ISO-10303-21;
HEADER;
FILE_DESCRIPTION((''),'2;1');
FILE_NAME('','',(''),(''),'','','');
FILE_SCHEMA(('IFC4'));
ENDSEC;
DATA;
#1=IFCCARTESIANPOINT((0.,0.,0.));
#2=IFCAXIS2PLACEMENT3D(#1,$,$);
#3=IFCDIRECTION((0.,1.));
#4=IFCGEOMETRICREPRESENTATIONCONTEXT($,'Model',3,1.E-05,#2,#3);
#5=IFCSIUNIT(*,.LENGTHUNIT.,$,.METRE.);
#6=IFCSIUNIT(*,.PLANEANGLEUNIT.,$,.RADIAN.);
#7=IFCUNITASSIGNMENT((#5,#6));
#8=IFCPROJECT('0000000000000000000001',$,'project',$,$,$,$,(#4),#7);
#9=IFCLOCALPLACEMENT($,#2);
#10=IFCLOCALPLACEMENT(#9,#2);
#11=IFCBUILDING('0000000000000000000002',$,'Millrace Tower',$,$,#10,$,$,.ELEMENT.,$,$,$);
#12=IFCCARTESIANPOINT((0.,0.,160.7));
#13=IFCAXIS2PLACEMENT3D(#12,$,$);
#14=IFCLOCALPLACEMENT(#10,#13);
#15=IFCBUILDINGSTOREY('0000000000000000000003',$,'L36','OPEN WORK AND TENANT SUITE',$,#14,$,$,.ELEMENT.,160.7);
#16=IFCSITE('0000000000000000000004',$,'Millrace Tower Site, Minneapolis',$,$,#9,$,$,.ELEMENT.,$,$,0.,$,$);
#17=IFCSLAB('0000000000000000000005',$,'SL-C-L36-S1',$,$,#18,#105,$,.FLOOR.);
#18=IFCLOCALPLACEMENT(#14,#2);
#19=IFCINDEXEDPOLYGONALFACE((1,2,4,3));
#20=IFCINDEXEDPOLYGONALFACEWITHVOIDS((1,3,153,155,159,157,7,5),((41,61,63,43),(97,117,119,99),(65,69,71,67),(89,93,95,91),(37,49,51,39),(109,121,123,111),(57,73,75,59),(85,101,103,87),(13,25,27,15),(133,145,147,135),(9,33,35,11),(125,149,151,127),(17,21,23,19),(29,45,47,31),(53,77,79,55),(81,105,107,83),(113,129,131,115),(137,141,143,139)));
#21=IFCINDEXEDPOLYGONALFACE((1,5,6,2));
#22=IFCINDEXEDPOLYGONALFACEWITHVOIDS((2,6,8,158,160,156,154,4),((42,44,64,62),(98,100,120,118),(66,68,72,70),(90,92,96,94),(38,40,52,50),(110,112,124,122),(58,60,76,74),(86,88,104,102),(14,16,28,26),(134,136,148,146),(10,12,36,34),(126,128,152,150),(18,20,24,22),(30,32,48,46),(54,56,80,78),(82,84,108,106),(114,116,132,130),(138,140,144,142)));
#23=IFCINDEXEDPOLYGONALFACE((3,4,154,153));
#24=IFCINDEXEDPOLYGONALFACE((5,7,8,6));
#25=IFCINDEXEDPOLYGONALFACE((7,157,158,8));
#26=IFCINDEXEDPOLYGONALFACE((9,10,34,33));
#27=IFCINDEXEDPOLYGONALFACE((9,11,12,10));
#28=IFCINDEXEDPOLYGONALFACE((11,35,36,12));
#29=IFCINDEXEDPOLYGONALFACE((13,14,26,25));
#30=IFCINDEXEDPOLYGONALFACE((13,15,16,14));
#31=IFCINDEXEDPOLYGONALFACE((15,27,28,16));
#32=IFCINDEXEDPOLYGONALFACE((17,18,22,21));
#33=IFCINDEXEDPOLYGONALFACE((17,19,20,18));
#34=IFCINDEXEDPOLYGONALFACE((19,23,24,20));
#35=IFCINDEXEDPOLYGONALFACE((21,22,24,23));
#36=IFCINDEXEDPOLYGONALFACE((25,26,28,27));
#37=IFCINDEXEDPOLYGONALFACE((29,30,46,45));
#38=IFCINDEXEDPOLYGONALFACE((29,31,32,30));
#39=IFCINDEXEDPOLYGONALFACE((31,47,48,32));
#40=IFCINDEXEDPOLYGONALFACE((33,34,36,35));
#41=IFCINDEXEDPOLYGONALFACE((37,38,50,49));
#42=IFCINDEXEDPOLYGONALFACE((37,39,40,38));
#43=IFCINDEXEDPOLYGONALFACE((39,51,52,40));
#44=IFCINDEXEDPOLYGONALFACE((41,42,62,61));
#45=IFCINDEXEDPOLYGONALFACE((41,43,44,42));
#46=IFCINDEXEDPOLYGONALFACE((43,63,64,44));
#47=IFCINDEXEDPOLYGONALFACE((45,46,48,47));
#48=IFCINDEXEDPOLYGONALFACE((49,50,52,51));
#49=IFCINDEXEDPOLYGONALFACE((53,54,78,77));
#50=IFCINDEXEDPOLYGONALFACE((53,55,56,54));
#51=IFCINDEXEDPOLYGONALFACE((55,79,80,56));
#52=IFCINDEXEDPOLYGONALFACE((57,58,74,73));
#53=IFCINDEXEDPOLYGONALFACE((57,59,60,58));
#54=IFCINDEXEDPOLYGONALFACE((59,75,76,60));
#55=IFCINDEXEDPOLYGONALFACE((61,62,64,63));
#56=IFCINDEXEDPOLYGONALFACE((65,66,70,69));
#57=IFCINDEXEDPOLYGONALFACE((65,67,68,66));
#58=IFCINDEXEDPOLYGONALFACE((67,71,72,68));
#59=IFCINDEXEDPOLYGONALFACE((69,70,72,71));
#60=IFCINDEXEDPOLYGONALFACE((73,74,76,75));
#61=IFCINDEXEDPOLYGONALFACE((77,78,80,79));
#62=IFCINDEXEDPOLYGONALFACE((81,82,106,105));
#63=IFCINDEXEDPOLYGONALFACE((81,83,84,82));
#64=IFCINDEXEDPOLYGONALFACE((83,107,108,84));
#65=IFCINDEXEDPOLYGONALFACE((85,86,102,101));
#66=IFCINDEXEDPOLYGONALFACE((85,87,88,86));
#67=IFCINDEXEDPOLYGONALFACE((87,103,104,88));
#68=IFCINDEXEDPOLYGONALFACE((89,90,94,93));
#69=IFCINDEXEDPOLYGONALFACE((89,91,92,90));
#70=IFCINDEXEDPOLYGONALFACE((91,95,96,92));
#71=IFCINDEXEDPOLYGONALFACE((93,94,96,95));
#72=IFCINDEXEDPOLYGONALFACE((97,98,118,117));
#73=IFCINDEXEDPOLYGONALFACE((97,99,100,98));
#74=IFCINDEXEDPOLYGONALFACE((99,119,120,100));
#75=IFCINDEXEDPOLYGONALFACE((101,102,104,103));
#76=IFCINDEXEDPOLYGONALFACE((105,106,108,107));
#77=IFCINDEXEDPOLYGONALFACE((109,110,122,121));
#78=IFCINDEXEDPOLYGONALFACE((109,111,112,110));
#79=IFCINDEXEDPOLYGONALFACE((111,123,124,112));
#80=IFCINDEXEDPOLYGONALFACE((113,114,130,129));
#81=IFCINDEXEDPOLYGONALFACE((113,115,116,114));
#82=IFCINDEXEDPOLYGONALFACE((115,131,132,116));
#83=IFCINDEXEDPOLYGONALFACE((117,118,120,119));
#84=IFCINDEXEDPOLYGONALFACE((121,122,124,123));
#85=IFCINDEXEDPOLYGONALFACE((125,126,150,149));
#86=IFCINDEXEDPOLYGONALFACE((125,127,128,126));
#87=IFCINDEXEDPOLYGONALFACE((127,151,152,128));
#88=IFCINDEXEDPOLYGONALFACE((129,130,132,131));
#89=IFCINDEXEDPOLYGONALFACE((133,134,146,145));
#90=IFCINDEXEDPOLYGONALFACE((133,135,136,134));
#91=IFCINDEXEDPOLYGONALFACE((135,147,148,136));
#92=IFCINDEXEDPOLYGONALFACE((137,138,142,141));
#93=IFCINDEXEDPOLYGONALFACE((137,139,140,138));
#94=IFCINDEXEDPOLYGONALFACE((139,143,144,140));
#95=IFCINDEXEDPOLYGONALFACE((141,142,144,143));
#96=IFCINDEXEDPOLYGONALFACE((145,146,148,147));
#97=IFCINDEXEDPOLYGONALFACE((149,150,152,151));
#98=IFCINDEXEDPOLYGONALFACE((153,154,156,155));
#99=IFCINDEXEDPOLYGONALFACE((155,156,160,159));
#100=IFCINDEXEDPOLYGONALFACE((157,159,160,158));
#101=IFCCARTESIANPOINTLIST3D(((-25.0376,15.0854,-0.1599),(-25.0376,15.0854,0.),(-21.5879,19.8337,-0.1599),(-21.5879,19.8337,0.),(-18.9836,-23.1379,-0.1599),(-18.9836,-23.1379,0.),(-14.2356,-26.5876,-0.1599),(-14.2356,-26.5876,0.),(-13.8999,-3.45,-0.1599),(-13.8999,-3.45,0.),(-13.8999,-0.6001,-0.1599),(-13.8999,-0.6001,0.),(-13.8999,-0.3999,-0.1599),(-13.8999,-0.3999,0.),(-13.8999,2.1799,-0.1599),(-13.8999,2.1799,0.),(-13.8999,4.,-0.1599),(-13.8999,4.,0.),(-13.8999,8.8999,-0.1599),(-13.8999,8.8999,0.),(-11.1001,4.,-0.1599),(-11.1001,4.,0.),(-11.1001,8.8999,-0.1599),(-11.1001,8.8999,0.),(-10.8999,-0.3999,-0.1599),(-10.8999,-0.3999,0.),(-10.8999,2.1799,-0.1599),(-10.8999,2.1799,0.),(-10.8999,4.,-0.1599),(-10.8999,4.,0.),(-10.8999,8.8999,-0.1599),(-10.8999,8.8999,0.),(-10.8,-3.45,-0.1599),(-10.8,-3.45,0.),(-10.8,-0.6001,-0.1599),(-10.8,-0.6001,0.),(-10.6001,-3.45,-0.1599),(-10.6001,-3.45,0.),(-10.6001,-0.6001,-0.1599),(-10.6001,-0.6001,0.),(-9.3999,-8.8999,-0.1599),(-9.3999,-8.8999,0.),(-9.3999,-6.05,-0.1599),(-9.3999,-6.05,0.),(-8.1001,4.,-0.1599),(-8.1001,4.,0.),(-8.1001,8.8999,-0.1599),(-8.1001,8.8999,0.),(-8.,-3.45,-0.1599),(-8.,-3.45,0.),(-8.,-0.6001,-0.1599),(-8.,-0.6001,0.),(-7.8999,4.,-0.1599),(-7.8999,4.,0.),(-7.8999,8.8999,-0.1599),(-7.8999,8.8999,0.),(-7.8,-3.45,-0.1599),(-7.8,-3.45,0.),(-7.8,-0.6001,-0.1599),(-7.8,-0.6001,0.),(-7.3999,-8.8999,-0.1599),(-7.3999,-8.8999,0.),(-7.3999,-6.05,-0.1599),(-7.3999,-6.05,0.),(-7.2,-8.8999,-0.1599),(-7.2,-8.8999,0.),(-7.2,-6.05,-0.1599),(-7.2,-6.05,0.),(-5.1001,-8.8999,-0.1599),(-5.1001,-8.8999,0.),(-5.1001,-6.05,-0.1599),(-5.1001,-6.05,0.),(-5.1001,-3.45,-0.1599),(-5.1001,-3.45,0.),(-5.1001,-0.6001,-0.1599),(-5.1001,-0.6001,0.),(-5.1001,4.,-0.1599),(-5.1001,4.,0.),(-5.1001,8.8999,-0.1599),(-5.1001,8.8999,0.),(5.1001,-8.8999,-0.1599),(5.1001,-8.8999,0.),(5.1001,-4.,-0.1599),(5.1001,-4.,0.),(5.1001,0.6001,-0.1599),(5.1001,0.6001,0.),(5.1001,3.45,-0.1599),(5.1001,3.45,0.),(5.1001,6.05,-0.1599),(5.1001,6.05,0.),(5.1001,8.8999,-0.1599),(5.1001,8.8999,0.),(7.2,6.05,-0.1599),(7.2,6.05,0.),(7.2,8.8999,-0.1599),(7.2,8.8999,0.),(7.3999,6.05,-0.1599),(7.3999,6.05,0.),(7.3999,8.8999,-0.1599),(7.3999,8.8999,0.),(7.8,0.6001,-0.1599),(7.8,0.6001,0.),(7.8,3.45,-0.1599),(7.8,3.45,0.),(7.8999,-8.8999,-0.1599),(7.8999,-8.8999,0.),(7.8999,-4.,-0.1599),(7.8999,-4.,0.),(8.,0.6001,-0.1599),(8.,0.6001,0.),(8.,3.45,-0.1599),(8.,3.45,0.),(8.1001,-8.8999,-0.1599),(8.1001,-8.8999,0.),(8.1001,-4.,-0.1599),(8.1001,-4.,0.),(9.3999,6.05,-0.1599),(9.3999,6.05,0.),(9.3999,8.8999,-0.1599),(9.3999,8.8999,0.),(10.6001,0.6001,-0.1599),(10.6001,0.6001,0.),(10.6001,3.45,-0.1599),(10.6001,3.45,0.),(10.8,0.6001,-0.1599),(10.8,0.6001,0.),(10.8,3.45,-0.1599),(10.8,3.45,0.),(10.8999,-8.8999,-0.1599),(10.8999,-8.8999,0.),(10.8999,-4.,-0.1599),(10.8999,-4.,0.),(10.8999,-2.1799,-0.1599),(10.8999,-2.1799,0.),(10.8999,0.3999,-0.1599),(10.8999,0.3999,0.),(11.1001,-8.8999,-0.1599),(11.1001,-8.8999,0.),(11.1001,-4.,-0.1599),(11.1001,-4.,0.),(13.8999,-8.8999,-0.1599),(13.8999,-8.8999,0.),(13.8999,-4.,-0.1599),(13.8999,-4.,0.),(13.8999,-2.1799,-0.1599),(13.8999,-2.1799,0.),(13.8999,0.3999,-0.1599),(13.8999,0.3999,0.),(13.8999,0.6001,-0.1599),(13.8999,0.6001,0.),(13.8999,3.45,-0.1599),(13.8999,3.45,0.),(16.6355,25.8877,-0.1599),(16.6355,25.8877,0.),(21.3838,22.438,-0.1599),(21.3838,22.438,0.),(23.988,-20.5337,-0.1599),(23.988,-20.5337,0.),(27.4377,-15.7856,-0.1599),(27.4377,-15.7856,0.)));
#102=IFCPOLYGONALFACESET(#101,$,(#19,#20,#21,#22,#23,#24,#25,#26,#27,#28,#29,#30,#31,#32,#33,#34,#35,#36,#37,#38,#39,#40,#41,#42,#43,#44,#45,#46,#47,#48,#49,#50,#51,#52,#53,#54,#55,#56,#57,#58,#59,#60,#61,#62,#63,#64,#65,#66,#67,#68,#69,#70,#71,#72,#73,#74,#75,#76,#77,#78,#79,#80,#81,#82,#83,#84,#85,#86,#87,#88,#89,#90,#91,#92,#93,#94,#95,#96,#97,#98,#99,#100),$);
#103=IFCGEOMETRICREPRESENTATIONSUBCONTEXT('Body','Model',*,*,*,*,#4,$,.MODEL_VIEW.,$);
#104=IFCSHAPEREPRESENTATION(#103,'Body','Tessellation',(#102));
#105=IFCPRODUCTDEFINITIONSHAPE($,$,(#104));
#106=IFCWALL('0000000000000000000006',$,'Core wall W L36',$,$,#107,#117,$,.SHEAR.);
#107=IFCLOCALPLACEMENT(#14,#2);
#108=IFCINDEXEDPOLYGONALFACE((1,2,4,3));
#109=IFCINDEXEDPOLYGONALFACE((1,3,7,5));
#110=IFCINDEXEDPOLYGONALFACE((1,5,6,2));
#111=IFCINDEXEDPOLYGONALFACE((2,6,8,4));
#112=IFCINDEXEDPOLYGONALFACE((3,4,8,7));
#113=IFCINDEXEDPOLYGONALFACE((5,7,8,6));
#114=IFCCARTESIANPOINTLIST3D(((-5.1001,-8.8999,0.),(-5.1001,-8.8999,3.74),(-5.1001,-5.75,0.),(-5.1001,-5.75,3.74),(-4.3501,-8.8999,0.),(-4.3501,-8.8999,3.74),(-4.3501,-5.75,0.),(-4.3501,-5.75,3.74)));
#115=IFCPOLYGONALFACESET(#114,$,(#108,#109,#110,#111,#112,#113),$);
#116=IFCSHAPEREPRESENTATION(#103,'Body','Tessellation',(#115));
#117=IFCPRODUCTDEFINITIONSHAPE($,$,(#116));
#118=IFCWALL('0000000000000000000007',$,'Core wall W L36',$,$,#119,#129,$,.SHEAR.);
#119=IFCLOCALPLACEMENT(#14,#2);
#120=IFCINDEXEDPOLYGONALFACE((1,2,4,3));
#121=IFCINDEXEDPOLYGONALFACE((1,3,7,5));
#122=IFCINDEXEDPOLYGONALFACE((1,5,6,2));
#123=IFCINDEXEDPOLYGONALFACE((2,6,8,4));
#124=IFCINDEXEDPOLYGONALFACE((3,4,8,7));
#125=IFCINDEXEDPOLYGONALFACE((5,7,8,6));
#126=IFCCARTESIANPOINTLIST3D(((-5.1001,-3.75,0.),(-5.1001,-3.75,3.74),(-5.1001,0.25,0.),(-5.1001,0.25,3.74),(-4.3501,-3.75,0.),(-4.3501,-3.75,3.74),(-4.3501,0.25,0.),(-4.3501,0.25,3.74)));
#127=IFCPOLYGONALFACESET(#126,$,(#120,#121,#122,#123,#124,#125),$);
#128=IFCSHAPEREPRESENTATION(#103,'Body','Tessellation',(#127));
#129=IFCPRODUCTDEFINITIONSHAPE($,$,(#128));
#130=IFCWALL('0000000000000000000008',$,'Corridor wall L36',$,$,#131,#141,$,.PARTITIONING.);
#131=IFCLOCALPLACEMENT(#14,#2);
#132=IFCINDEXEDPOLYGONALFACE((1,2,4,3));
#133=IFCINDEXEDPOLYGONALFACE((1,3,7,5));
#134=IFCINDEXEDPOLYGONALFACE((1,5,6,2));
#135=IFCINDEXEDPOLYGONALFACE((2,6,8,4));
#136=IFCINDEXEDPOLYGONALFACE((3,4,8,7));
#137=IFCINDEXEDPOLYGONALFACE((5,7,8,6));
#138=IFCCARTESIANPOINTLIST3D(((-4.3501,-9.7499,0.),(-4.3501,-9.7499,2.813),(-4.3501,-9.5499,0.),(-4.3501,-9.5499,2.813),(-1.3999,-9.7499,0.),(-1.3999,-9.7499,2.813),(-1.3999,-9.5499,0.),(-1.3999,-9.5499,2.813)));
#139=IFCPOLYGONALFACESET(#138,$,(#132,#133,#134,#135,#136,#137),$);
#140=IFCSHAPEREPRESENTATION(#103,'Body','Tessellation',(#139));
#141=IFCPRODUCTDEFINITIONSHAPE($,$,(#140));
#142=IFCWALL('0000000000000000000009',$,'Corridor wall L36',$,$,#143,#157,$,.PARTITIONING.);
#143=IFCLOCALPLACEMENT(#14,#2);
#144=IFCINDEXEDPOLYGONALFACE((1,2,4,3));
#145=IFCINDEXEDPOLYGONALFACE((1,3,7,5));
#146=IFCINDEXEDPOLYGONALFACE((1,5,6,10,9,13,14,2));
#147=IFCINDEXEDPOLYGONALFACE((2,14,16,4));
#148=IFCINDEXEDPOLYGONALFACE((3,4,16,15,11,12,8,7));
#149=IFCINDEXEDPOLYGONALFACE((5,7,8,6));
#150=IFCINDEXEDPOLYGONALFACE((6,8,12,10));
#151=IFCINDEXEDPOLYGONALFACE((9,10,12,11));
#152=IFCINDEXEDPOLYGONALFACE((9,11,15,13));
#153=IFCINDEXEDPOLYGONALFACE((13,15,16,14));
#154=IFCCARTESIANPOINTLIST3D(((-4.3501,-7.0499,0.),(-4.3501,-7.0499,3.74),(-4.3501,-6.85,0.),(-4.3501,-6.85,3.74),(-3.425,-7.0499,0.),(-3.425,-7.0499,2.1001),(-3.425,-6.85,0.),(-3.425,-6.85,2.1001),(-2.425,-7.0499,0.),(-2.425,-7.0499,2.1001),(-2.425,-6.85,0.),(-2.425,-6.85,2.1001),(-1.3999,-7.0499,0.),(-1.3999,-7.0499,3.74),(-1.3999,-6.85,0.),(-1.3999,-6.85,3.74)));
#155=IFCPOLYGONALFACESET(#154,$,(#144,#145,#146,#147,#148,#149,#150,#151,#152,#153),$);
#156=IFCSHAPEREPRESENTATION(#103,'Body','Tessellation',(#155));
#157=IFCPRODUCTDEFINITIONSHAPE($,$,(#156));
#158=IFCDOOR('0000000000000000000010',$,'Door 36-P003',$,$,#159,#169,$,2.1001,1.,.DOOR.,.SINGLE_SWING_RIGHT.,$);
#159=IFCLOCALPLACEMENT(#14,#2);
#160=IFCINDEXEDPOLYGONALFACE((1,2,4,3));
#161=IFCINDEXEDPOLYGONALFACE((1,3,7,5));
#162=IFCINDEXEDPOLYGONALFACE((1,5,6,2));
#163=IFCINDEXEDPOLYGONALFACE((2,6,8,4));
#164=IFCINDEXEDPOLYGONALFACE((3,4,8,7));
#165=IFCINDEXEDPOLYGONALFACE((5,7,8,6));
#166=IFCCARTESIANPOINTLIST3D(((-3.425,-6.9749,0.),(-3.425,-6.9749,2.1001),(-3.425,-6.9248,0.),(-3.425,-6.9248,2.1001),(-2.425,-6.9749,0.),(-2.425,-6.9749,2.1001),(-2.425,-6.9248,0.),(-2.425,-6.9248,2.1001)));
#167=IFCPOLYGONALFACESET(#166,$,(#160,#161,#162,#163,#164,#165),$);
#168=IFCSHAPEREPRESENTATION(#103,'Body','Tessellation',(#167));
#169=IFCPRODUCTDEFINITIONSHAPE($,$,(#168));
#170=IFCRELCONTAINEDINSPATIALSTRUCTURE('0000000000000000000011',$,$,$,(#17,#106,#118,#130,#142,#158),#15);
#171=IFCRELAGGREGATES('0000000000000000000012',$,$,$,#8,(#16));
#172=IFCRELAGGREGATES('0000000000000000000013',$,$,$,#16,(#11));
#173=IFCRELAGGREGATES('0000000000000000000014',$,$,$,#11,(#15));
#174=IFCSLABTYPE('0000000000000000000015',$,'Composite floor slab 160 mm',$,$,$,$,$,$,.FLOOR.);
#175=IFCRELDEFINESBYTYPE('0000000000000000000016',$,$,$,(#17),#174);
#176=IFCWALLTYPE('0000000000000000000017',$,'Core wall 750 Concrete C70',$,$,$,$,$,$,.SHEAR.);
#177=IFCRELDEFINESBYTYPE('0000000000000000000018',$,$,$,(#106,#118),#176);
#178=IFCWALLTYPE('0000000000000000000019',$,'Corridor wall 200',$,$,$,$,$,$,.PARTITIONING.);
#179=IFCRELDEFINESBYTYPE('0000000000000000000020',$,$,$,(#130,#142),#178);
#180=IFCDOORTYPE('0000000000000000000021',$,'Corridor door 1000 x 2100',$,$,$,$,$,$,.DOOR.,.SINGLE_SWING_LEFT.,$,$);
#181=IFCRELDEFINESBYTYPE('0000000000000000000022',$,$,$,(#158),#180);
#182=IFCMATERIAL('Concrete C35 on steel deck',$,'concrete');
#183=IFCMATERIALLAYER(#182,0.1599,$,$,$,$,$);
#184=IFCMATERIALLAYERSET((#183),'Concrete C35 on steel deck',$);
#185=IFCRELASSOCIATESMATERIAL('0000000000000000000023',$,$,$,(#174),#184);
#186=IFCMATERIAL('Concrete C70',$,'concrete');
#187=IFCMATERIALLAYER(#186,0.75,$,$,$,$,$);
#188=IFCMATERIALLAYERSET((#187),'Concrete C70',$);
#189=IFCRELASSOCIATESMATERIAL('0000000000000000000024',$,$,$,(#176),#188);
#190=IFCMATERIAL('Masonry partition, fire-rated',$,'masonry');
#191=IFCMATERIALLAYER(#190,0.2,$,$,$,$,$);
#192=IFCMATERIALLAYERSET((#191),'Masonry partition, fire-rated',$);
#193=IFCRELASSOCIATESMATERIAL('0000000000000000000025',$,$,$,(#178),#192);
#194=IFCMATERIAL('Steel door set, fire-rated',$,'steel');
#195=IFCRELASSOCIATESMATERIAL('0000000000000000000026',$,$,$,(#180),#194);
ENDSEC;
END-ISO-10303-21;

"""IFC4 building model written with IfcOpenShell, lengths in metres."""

from ifc_helpers import new_model, si_unit, direction, frame, frame_2d, origin, place, context, subcontext, project, spatial, polyline, rectangle, outline, extrude, material, layer, layer_set, type_object, element, fill, save


model = new_model("IFC4")

# Units and contexts
model_context = context("Model", 3, precision=1e-05, world=origin(), true_north=direction((0.0, 1.0)))
body_context = subcontext(model_context, "Body", "Model", "MODEL_VIEW")
ifc_project = project(units=[si_unit("LENGTHUNIT", "METRE"), si_unit("PLANEANGLEUNIT", "RADIAN")], contexts=[model_context])

# Site, building, storey
site_placement = place(None, origin())
site = spatial("IfcSite", under=ifc_project, at=site_placement, Name="Millrace Tower Site, Minneapolis", CompositionType="ELEMENT", RefElevation=0.0)
building_placement = place(site_placement, origin())
building = spatial("IfcBuilding", under=site, at=building_placement, Name="Millrace Tower", CompositionType="ELEMENT")
storey_placement = place(building_placement, frame((0.0, 0.0, 160.7)))
storey = spatial("IfcBuildingStorey", under=building, at=storey_placement, Name="L36", Description="OPEN WORK AND TENANT SUITE", CompositionType="ELEMENT", Elevation=160.7)

# Slab
ifc_material_1 = material(Name="Concrete C35 on steel deck", Category="concrete")
ifc_layer_1 = layer(ifc_material_1, 0.1599)
ifc_layer_set_1 = layer_set([ifc_layer_1], Name="Concrete C35 on steel deck")
slab_type = type_object("IfcSlabType", Name="Composite floor slab 160 mm", PredefinedType="FLOOR", material=ifc_layer_set_1)
slab_placement = place(storey_placement, frame((0.0, 0.0, -0.1599)))
element("IfcSlab", 1, at=slab_placement, inside=storey, type_object=slab_type, Name="SL-C-L36-S1", PredefinedType="FLOOR", context=body_context, shape_type="SweptSolid", body=[
    extrude(outline(polyline([(-18.9836, -23.1379), (-14.2356, -26.5876), (23.988, -20.5337), (27.4377, -15.7856), (21.3838, 22.438), (16.6355, 25.8877), (-21.5879, 19.8337), (-25.0376, 15.0854), (-18.9836, -23.1379)]), holes=[polyline([(-9.3999, -8.8999), (-7.3999, -8.8999), (-7.3999, -6.05), (-9.3999, -6.05), (-9.3999, -8.8999)]), polyline([(-7.2, -8.8999), (-5.1001, -8.8999), (-5.1001, -6.05), (-7.2, -6.05), (-7.2, -8.8999)]), polyline([(-13.8999, -3.45), (-10.8, -3.45), (-10.8, -0.6001), (-13.8999, -0.6001), (-13.8999, -3.45)]), polyline([(-10.6001, -3.45), (-8.0, -3.45), (-8.0, -0.6001), (-10.6001, -0.6001), (-10.6001, -3.45)]), polyline([(-7.8, -3.45), (-5.1001, -3.45), (-5.1001, -0.6001), (-7.8, -0.6001), (-7.8, -3.45)]), polyline([(-13.8999, -0.3999), (-10.8999, -0.3999), (-10.8999, 2.1799), (-13.8999, 2.1799), (-13.8999, -0.3999)]), polyline([(-13.8999, 4.0), (-11.1001, 4.0), (-11.1001, 8.8999), (-13.8999, 8.8999), (-13.8999, 4.0)]), polyline([(-10.8999, 4.0), (-8.1001, 4.0), (-8.1001, 8.8999), (-10.8999, 8.8999), (-10.8999, 4.0)]), polyline([(-7.8999, 4.0), (-5.1001, 4.0), (-5.1001, 8.8999), (-7.8999, 8.8999), (-7.8999, 4.0)]), polyline([(7.3999, 6.05), (9.3999, 6.05), (9.3999, 8.8999), (7.3999, 8.8999), (7.3999, 6.05)]), polyline([(5.1001, 6.05), (7.2, 6.05), (7.2, 8.8999), (5.1001, 8.8999), (5.1001, 6.05)]), polyline([(10.8, 0.6001), (13.8999, 0.6001), (13.8999, 3.45), (10.8, 3.45), (10.8, 0.6001)]), polyline([(8.0, 0.6001), (10.6001, 0.6001), (10.6001, 3.45), (8.0, 3.45), (8.0, 0.6001)]), polyline([(5.1001, 0.6001), (7.8, 0.6001), (7.8, 3.45), (5.1001, 3.45), (5.1001, 0.6001)]), polyline([(10.8999, -2.1799), (13.8999, -2.1799), (13.8999, 0.3999), (10.8999, 0.3999), (10.8999, -2.1799)]), polyline([(11.1001, -8.8999), (13.8999, -8.8999), (13.8999, -4.0), (11.1001, -4.0), (11.1001, -8.8999)]), polyline([(8.1001, -8.8999), (10.8999, -8.8999), (10.8999, -4.0), (8.1001, -4.0), (8.1001, -8.8999)]), polyline([(5.1001, -8.8999), (7.8999, -8.8999), (7.8999, -4.0), (5.1001, -4.0), (5.1001, -8.8999)])]), origin(), (0.0, 0.0, 1.0), 0.1599),
])

# Walls
ifc_material_2 = material(Name="Concrete C70", Category="concrete")
ifc_layer_2 = layer(ifc_material_2, 0.75)
ifc_layer_set_2 = layer_set([ifc_layer_2], Name="Concrete C70")
wall_type_1 = type_object("IfcWallType", Name="Core wall 750 Concrete C70", PredefinedType="SHEAR", material=ifc_layer_set_2)
wall_1_placement = place(storey_placement, frame((-4.7251, -8.8999, 0.0), z_axis=(0.0, 0.0, 1.0), x_axis=(0.0, 1.0, 0.0)))
element("IfcWall", 2, at=wall_1_placement, inside=storey, type_object=wall_type_1, Name="Core wall W L36", PredefinedType="SHEAR", context=body_context, shape_type="SweptSolid", body=[
    extrude(rectangle(XDim=3.1499, YDim=0.75, at=frame_2d((1.575, 0.0))), origin(), (0.0, 0.0, 1.0), 3.74),
])
wall_2_placement = place(storey_placement, frame((-4.7251, -3.75, 0.0), z_axis=(0.0, 0.0, 1.0), x_axis=(0.0, 1.0, 0.0)))
element("IfcWall", 3, at=wall_2_placement, inside=storey, type_object=wall_type_1, Name="Core wall W L36", PredefinedType="SHEAR", context=body_context, shape_type="SweptSolid", body=[
    extrude(rectangle(XDim=4.0, YDim=0.75, at=frame_2d((2.0, 0.0))), origin(), (0.0, 0.0, 1.0), 3.74),
])
ifc_material_3 = material(Name="Masonry partition, fire-rated", Category="masonry")
ifc_layer_3 = layer(ifc_material_3, 0.2)
ifc_layer_set_3 = layer_set([ifc_layer_3], Name="Masonry partition, fire-rated")
wall_type_2 = type_object("IfcWallType", Name="Corridor wall 200", PredefinedType="PARTITIONING", material=ifc_layer_set_3)
wall_3_placement = place(storey_placement, frame((-4.3501, -9.6499, 0.0), z_axis=(0.0, 0.0, 1.0), x_axis=(1.0, 0.0, 0.0)))
element("IfcWall", 4, at=wall_3_placement, inside=storey, type_object=wall_type_2, Name="Corridor wall L36", PredefinedType="PARTITIONING", context=body_context, shape_type="SweptSolid", body=[
    extrude(rectangle(XDim=2.9502, YDim=0.2, at=frame_2d((1.4751, 0.0))), origin(), (0.0, 0.0, 1.0), 2.813),
])

# Wall, opening, door
wall_4_placement = place(storey_placement, frame((-4.3501, -6.95, 0.0), z_axis=(0.0, 0.0, 1.0), x_axis=(1.0, 0.0, 0.0)))
wall_4 = element("IfcWall", 5, at=wall_4_placement, inside=storey, type_object=wall_type_2, Name="Corridor wall L36", PredefinedType="PARTITIONING", context=body_context, shape_type="SweptSolid", body=[
    extrude(rectangle(XDim=2.9502, YDim=0.2, at=frame_2d((1.4751, 0.0))), origin(), (0.0, 0.0, 1.0), 3.74),
])
opening_1_placement = place(wall_4_placement, frame((0.925, 0.0, 0.0)))
opening_1 = element("IfcOpeningElement", 6, at=opening_1_placement, cuts=wall_4, PredefinedType="OPENING", context=body_context, shape_type="SweptSolid", body=[
    extrude(rectangle(XDim=1.0, YDim=2.1001, at=frame_2d((0.5, 1.05))), frame((0.0, 0.1099, 0.0), z_axis=(0.0, -1.0, 0.0), x_axis=(1.0, 0.0, 0.0)), (0.0, 0.0, 1.0), 0.22),
])
ifc_material_4 = material(Name="Steel door set, fire-rated", Category="steel")
door_type_1 = type_object("IfcDoorType", Name="Corridor door 1000 x 2100", OperationType="SINGLE_SWING_LEFT", PredefinedType="DOOR", material=ifc_material_4)
door_1_placement = place(opening_1_placement, frame((1.0, 0.0, 0.0), z_axis=(0.0, 0.0, 1.0), x_axis=(-1.0, 0.0, 0.0)))
door_1 = element("IfcDoor", 7, at=door_1_placement, inside=storey, type_object=door_type_1, Name="Door 36-P003", OperationType="SINGLE_SWING_RIGHT", OverallHeight=2.1001, OverallWidth=1.0, PredefinedType="DOOR", context=body_context, shape_type="SweptSolid", body=[
    extrude(rectangle(XDim=1.0, YDim=2.1001, at=frame_2d((0.5, 1.05))), frame((0.0, 0.0249, 0.0), z_axis=(0.0, -1.0, 0.0), x_axis=(1.0, 0.0, 0.0)), (0.0, 0.0, 1.0), 0.05),
])
fill(opening_1, door_1)

save(model, "model.ifc")
